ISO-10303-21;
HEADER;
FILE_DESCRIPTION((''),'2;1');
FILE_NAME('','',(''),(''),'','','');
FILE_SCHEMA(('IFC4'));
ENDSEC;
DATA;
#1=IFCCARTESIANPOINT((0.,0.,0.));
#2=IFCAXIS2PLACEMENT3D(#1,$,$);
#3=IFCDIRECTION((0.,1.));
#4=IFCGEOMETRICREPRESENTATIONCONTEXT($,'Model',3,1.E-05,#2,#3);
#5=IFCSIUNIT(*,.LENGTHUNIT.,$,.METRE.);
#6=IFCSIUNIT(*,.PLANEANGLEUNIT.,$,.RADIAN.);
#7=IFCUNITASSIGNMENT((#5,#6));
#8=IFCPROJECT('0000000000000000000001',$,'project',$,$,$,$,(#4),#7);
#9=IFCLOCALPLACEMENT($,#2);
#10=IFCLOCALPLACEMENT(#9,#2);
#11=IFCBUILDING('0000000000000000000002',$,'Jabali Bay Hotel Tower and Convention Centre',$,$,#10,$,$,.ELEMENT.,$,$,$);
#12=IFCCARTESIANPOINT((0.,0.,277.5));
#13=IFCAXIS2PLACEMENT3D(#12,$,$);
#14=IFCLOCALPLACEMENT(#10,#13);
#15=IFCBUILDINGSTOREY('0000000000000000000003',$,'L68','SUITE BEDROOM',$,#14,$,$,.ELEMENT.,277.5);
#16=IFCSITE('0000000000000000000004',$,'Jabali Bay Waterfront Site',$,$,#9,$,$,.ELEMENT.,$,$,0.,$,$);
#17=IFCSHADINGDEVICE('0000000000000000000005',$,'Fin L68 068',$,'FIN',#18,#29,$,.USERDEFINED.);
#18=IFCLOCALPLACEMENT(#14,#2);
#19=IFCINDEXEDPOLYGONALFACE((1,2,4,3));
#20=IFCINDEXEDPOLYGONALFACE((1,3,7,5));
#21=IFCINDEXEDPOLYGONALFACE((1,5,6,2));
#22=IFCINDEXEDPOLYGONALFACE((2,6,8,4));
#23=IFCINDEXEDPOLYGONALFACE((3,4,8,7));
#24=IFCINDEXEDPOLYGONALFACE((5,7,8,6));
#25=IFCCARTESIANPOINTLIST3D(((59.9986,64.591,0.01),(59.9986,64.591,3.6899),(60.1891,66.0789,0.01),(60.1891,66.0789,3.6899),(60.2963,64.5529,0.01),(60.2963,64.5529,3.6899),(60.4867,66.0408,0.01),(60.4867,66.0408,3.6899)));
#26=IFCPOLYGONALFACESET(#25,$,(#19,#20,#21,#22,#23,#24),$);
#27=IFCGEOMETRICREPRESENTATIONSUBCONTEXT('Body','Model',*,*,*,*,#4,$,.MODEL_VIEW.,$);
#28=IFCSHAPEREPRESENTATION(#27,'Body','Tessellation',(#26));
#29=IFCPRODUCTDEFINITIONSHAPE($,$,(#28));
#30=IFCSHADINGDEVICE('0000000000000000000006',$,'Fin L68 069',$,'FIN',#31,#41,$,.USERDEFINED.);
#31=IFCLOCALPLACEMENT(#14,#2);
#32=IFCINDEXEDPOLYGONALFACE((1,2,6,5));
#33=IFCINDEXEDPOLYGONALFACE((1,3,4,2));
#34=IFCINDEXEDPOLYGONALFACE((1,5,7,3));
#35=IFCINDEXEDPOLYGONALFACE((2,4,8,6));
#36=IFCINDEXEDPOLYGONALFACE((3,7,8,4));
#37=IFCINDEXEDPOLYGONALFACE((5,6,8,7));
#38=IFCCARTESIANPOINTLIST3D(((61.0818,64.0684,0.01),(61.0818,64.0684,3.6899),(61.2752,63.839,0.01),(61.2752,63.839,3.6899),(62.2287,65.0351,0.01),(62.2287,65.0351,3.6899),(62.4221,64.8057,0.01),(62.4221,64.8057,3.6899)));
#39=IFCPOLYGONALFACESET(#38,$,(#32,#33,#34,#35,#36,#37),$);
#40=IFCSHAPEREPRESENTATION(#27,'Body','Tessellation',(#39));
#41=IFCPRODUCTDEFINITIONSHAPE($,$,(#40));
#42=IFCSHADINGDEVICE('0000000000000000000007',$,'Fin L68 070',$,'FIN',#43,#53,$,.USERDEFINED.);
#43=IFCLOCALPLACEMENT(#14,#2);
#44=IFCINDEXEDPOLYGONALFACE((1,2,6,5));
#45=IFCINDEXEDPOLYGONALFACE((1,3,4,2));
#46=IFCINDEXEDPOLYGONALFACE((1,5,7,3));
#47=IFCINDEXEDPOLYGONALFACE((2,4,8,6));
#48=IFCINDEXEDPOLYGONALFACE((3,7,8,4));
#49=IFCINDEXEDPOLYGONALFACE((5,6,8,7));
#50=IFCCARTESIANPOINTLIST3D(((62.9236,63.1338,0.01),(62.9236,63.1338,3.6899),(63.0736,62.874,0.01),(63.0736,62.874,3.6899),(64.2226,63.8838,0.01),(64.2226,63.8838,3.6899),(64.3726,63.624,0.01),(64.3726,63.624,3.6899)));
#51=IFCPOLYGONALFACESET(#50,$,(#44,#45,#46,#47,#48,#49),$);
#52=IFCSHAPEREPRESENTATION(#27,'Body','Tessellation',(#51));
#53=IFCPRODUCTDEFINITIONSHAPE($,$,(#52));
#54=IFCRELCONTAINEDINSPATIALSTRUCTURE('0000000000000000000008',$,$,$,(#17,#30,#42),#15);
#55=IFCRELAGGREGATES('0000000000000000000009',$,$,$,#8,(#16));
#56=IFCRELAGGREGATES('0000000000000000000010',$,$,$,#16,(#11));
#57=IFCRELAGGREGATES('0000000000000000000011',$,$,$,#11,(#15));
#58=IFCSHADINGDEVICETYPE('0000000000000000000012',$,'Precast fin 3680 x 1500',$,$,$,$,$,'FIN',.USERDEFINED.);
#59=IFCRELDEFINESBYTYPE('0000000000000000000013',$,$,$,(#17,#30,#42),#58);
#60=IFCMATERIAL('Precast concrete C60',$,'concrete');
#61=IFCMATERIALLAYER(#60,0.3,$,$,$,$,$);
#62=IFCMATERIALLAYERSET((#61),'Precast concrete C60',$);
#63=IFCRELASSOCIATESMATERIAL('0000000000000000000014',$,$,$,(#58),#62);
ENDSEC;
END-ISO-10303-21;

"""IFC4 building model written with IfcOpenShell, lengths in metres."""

from ifc_helpers import new_model, si_unit, direction, frame, frame_2d, origin, place, context, subcontext, project, spatial, rectangle, extrude, material, layer, layer_set, type_object, element, save


model = new_model("IFC4")

# Units and contexts
model_context = context("Model", 3, precision=1e-05, world=origin(), true_north=direction((0.0, 1.0)))
body_context = subcontext(model_context, "Body", "Model", "MODEL_VIEW")
ifc_project = project(units=[si_unit("LENGTHUNIT", "METRE"), si_unit("PLANEANGLEUNIT", "RADIAN")], contexts=[model_context])

# Site, building, storey
site_placement = place(None, origin())
site = spatial("IfcSite", under=ifc_project, at=site_placement, Name="Jabali Bay Waterfront Site", CompositionType="ELEMENT", RefElevation=0.0)
building_placement = place(site_placement, origin())
building = spatial("IfcBuilding", under=site, at=building_placement, Name="Jabali Bay Hotel Tower and Convention Centre", CompositionType="ELEMENT")
storey_placement = place(building_placement, frame((0.0, 0.0, 277.5)))
storey = spatial("IfcBuildingStorey", under=building, at=storey_placement, Name="L68", Description="SUITE BEDROOM", CompositionType="ELEMENT", Elevation=277.5)

# Shading devices
ifc_material_1 = material(Name="Precast concrete C60", Category="concrete")
ifc_layer_1 = layer(ifc_material_1, 0.3)
ifc_layer_set_1 = layer_set([ifc_layer_1], Name="Precast concrete C60")
shading_device_type = type_object("IfcShadingDeviceType", Name="Precast fin 3680 x 1500", ElementType="FIN", PredefinedType="USERDEFINED", material=ifc_layer_set_1)
for number, where, z_axis, x_axis, name in (
    (1, (60.3379, 66.0598, 0.01), (0.0, 0.0, 1.0), (-0.126959, -0.991908, 0.0), "Fin L68 068"),
    (2, (62.3254, 64.9204, 0.01), (0.0, 0.0, 1.0), (-0.764607, -0.644497, 0.0), "Fin L68 069"),
    (3, (64.2976, 63.7539, 0.01), (0.0, 0.0, 1.0), (-0.866031, -0.49999, 0.0), "Fin L68 070"),
):
    element("IfcShadingDevice", number, at=place(storey_placement, frame(where, z_axis=z_axis, x_axis=x_axis)), inside=storey, type_object=shading_device_type, Name=name, ObjectType="FIN", PredefinedType="USERDEFINED", context=body_context, shape_type="SweptSolid", body=[
        extrude(rectangle(XDim=1.5, YDim=0.3, at=frame_2d((0.75, 0.0))), origin(), (0.0, 0.0, 1.0), 3.6799),
    ])

save(model, "model.ifc")
